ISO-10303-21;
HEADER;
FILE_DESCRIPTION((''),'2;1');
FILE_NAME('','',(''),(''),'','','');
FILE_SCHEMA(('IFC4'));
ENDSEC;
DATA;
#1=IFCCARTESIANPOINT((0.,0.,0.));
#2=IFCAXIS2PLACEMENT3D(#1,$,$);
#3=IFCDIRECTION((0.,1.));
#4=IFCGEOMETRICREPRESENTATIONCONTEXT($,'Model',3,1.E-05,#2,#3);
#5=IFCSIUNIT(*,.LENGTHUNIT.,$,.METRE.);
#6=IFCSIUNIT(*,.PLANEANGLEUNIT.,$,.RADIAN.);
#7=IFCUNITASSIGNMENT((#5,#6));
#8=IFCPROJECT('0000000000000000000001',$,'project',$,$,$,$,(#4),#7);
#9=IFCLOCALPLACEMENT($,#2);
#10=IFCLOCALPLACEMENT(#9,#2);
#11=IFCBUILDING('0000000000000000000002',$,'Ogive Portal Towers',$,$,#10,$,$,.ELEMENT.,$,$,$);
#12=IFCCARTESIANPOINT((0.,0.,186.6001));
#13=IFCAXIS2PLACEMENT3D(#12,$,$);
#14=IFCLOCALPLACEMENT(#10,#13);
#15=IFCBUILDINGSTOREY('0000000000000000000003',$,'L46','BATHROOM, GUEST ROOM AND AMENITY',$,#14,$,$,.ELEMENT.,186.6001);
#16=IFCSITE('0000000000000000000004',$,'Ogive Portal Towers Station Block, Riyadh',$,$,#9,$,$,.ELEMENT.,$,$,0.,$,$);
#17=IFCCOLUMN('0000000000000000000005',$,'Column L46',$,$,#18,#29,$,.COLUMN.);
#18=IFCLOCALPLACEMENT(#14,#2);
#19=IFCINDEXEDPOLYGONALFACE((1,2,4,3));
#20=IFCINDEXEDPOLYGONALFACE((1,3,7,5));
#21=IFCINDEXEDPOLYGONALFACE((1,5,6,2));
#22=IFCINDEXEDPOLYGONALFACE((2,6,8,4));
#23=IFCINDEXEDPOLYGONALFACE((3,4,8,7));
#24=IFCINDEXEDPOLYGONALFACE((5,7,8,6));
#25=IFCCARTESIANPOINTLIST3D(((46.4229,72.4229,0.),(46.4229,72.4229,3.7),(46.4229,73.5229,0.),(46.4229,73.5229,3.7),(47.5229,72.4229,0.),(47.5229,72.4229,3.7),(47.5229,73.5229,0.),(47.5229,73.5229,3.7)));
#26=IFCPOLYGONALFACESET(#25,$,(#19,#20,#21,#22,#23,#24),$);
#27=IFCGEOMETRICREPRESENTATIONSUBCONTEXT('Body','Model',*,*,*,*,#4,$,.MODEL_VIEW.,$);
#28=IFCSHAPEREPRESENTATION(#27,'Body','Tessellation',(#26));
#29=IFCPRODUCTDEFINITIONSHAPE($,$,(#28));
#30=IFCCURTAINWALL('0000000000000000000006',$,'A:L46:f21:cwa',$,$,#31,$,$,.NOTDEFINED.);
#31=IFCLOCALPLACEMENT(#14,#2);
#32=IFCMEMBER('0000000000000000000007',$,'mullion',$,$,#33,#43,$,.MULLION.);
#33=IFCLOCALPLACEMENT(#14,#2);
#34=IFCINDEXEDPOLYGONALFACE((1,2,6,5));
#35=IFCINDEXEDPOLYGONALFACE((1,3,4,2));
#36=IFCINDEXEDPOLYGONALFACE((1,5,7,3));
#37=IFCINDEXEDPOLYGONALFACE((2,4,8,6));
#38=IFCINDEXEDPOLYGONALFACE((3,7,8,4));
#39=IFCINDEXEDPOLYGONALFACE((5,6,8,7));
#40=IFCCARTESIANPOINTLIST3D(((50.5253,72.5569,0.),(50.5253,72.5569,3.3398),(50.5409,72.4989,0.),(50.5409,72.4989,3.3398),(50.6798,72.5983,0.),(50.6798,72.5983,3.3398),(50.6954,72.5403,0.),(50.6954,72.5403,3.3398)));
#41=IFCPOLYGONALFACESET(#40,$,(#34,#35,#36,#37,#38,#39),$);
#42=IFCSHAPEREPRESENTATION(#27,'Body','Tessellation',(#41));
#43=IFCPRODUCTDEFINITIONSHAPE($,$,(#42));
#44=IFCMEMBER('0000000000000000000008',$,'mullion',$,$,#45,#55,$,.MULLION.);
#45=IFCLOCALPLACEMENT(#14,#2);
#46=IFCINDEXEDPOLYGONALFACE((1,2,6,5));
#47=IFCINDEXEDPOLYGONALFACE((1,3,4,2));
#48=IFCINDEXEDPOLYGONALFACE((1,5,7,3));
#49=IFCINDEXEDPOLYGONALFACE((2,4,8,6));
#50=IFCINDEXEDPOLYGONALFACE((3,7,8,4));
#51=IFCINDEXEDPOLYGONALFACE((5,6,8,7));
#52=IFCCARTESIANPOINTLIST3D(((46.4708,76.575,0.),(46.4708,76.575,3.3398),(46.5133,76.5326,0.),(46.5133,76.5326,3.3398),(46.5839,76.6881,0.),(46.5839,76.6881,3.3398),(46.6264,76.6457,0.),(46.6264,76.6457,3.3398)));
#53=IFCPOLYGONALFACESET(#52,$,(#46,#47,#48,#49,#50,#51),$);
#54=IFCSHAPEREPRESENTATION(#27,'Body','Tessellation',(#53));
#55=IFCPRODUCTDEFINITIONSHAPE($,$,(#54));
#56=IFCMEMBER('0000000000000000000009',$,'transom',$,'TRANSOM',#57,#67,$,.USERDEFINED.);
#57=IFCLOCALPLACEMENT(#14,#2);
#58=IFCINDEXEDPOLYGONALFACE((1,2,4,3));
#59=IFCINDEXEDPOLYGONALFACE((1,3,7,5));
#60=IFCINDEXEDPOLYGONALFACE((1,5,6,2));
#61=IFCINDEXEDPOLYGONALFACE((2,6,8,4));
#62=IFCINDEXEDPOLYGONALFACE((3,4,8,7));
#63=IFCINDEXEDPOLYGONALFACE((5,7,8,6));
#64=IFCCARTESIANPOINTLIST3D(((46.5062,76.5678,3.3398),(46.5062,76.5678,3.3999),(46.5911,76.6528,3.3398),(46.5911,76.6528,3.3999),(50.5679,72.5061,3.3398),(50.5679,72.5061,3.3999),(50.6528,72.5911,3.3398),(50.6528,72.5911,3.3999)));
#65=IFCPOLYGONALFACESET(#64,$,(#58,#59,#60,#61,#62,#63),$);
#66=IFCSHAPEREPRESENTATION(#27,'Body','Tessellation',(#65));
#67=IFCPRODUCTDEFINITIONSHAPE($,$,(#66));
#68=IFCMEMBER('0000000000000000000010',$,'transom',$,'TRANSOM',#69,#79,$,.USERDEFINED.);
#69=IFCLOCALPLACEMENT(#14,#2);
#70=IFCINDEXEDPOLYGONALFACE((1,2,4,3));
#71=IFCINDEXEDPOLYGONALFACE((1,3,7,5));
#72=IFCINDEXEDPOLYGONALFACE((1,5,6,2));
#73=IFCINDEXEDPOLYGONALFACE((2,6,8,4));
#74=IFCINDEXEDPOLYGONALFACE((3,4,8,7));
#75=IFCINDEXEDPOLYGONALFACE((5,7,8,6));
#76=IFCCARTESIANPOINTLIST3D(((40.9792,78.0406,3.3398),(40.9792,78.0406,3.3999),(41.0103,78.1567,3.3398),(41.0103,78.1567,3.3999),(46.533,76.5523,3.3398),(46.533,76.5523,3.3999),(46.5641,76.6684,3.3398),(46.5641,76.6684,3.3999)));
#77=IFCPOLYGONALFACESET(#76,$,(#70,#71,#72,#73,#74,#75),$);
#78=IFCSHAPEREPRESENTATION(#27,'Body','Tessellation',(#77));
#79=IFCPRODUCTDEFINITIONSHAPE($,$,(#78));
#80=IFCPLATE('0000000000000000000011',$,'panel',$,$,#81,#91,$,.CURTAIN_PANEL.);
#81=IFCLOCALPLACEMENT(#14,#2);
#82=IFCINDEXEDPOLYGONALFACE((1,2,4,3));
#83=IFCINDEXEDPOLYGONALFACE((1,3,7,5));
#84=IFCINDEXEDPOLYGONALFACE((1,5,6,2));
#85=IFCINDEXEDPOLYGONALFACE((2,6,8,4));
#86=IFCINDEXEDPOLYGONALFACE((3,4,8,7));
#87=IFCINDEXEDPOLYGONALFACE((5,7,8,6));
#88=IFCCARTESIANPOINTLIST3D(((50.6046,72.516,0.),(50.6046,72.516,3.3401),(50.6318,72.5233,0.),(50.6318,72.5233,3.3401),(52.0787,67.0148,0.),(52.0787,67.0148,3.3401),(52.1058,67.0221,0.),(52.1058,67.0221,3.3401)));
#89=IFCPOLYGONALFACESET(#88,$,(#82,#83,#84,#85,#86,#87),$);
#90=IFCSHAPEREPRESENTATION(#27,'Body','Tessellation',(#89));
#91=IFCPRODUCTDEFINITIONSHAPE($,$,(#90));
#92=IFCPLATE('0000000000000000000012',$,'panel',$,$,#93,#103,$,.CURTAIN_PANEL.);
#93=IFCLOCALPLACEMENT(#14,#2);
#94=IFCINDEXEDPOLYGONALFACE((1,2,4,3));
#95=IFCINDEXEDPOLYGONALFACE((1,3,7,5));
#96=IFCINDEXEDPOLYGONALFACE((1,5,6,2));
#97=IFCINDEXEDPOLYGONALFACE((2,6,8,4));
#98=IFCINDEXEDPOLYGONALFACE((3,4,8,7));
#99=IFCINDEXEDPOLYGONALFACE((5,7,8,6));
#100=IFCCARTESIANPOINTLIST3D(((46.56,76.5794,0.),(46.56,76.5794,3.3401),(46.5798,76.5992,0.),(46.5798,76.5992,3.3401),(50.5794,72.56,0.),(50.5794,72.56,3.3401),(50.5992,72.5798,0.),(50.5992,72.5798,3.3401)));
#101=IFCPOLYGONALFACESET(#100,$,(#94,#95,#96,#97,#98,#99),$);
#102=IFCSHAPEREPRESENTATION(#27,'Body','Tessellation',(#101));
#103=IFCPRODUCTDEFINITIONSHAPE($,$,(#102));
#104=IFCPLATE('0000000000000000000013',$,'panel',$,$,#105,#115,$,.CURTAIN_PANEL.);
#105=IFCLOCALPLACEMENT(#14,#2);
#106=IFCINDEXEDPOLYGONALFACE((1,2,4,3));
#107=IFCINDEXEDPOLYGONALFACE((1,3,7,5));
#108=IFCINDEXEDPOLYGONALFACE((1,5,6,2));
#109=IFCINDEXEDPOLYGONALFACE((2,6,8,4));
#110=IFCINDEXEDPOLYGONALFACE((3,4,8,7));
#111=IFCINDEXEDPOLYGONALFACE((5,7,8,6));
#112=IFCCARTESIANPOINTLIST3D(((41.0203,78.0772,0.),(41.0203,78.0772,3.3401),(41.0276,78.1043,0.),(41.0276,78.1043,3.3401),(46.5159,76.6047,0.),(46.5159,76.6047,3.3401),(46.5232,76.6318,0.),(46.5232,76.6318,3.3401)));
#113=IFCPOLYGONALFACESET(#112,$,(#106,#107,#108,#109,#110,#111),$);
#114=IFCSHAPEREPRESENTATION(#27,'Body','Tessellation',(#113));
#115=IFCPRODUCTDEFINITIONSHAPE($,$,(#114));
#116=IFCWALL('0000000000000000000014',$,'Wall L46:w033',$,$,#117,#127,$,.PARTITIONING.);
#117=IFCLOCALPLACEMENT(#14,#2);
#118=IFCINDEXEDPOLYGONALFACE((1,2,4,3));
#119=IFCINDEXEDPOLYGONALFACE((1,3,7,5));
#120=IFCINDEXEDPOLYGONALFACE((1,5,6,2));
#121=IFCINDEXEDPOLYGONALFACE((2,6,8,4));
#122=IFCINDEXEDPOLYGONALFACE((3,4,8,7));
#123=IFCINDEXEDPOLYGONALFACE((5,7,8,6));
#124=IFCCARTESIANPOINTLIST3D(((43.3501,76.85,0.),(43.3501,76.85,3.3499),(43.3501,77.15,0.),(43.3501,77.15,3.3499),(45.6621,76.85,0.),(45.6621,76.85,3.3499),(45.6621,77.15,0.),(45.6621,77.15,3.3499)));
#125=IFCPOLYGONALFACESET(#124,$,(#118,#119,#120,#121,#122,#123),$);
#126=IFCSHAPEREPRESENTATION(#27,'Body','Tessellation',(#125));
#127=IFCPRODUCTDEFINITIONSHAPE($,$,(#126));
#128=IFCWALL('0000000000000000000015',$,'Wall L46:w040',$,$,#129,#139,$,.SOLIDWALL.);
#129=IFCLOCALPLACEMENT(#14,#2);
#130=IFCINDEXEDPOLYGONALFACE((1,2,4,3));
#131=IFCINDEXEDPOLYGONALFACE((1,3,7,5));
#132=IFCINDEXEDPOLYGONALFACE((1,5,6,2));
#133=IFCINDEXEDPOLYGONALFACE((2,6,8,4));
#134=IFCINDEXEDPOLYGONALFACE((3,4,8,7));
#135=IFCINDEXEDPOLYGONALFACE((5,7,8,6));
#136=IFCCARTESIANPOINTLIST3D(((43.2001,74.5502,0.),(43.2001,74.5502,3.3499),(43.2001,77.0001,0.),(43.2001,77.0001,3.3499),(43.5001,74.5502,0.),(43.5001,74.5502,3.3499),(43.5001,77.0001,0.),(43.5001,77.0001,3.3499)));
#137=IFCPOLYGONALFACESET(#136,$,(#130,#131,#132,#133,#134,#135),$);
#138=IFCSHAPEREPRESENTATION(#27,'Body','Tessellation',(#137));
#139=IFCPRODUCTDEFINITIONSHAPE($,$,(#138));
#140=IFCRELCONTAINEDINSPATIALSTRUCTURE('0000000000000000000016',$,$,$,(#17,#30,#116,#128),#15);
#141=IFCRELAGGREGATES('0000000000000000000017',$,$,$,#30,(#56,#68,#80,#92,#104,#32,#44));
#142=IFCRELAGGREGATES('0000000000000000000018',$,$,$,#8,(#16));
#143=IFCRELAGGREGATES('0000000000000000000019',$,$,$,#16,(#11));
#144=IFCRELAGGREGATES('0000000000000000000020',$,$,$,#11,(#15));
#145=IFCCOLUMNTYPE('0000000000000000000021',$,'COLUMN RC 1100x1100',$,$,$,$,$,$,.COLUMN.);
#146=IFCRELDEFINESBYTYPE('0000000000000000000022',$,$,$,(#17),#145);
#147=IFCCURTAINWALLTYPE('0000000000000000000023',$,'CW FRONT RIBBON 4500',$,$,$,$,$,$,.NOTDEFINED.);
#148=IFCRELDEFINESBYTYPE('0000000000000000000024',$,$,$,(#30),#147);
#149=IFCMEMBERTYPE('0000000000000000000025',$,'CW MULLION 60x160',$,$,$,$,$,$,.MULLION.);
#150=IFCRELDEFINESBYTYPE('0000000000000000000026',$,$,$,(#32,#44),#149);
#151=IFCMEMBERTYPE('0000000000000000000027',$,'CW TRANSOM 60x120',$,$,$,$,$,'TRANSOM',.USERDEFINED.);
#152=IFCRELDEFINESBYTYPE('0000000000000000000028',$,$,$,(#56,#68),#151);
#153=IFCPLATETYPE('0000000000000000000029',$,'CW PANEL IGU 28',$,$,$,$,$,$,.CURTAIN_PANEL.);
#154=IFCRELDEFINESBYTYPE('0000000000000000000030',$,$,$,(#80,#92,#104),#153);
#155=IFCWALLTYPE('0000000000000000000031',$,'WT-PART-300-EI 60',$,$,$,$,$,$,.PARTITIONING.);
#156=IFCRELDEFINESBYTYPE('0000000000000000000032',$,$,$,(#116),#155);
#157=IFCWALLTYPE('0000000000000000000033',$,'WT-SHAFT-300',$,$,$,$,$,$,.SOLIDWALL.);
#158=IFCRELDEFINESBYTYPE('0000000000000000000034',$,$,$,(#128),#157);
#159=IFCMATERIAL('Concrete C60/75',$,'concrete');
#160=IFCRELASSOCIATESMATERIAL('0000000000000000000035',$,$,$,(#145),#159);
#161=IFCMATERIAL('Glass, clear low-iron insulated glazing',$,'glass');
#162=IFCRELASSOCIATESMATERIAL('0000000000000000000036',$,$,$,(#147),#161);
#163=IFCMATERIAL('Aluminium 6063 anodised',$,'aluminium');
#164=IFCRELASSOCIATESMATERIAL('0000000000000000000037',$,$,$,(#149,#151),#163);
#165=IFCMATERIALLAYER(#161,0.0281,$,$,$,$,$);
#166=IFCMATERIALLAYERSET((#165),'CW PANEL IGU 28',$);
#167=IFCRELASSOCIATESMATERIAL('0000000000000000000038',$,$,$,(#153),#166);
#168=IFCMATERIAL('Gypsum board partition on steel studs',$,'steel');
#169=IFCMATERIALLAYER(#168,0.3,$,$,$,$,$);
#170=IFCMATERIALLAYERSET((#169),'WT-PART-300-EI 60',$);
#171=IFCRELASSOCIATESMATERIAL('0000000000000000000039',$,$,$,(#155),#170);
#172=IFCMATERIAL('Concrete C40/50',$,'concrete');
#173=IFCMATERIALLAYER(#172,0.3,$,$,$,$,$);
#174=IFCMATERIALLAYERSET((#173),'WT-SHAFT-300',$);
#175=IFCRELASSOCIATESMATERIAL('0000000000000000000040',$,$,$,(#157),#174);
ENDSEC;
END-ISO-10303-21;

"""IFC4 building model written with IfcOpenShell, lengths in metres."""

from ifc_helpers import new_model, si_unit, direction, frame, frame_2d, origin, origin_2d, place, context, subcontext, project, spatial, rectangle, extrude, material, layer, layer_set, material_profile, profile_set, type_object, element, aggregate, save


model = new_model("IFC4")

# Units and contexts
model_context = context("Model", 3, precision=1e-05, world=origin(), true_north=direction((0.0, 1.0)))
body_context = subcontext(model_context, "Body", "Model", "MODEL_VIEW")
ifc_project = project(units=[si_unit("LENGTHUNIT", "METRE"), si_unit("PLANEANGLEUNIT", "RADIAN")], contexts=[model_context])

# Site, building, storey
site_placement = place(None, origin())
site = spatial("IfcSite", under=ifc_project, at=site_placement, Name="Ogive Portal Towers Station Block, Riyadh", CompositionType="ELEMENT", RefElevation=0.0)
building_placement = place(site_placement, origin())
building = spatial("IfcBuilding", under=site, at=building_placement, Name="Ogive Portal Towers", CompositionType="ELEMENT")
storey_placement = place(building_placement, frame((0.0, 0.0, 186.6001)))
storey = spatial("IfcBuildingStorey", under=building, at=storey_placement, Name="L46", Description="BATHROOM, GUEST ROOM AND AMENITY", CompositionType="ELEMENT", Elevation=186.6001)

# Column
ifc_material_1 = material(Name="Concrete C60/75", Category="concrete")
ifc_material_profile_1 = material_profile(ifc_material_1, rectangle(XDim=1.1001, YDim=1.1001, at=origin_2d()), Name="RC 1100x1100")
ifc_profile_set_1 = profile_set([ifc_material_profile_1], Name="Concrete C60/75")
column_type = type_object("IfcColumnType", Name="COLUMN RC 1100x1100", PredefinedType="COLUMN", material=ifc_profile_set_1)
column_placement = place(storey_placement, frame((46.9729, 72.9729, 0.0), z_axis=(0.0, 0.0, 1.0), x_axis=(1.0, 0.0, 0.0)))
element("IfcColumn", 1, at=column_placement, inside=storey, type_object=column_type, Name="Column L46", PredefinedType="COLUMN", context=body_context, shape_type="SweptSolid", body=[
    extrude(rectangle(XDim=1.1001, YDim=1.1001, at=origin_2d()), origin(), (0.0, 0.0, 1.0), 3.7),
])

# Curtain wall, members, plates
ifc_material_2 = material(Name="Glass, clear low-iron insulated glazing", Category="glass")
curtain_wall_type = type_object("IfcCurtainWallType", Name="CW FRONT RIBBON 4500", PredefinedType="NOTDEFINED", material=ifc_material_2)
curtain_wall_placement = place(storey_placement, origin())
curtain_wall = element("IfcCurtainWall", 2, at=curtain_wall_placement, inside=storey, type_object=curtain_wall_type, Name="A:L46:f21:cwa", PredefinedType="NOTDEFINED")
ifc_material_3 = material(Name="Aluminium 6063 anodised", Category="aluminium")
ifc_material_profile_2 = material_profile(ifc_material_3, rectangle(XDim=0.1599, YDim=0.0601, at=origin_2d()), Name="AL 60x160")
ifc_profile_set_2 = profile_set([ifc_material_profile_2], Name="Aluminium 6063 anodised")
member_type_1 = type_object("IfcMemberType", Name="CW MULLION 60x160", PredefinedType="MULLION", material=ifc_profile_set_2)
member_1_placement = place(storey_placement, frame((50.6104, 72.5486, 0.0), z_axis=(0.0, 0.0, 1.0), x_axis=(-0.965926, -0.258819, 0.0)))
member_1 = element("IfcMember", 3, at=member_1_placement, type_object=member_type_1, Name="mullion", PredefinedType="MULLION", context=body_context, shape_type="SweptSolid", body=[
    extrude(rectangle(XDim=0.1599, YDim=0.0601, at=origin_2d()), origin(), (0.0, 0.0, 1.0), 3.3398),
])
member_2_placement = place(storey_placement, frame((46.5486, 76.6104, 0.0), z_axis=(0.0, 0.0, 1.0), x_axis=(-0.707107, -0.707107, 0.0)))
member_2 = element("IfcMember", 4, at=member_2_placement, type_object=member_type_1, Name="mullion", PredefinedType="MULLION", context=body_context, shape_type="SweptSolid", body=[
    extrude(rectangle(XDim=0.1599, YDim=0.0601, at=origin_2d()), origin(), (0.0, 0.0, 1.0), 3.3398),
])
ifc_material_profile_3 = material_profile(ifc_material_3, rectangle(XDim=0.1201, YDim=0.0601, at=origin_2d()), Name="AL 120x60")
ifc_profile_set_3 = profile_set([ifc_material_profile_3], Name="Aluminium 6063 anodised")
member_type_2 = type_object("IfcMemberType", Name="CW TRANSOM 60x120", ElementType="TRANSOM", PredefinedType="USERDEFINED", material=ifc_profile_set_3)
member_3_placement = place(storey_placement, frame((50.6104, 72.5486, 3.3699), z_axis=(-0.707107, 0.707107, 0.0), x_axis=(-0.707107, -0.707107, 0.0)))
member_3 = element("IfcMember", 5, at=member_3_placement, type_object=member_type_2, Name="transom", ObjectType="TRANSOM", PredefinedType="USERDEFINED", context=body_context, shape_type="SweptSolid", body=[
    extrude(rectangle(XDim=0.1201, YDim=0.0601, at=origin_2d()), origin(), (0.0, 0.0, 1.0), 5.7441),
])
member_4_placement = place(storey_placement, frame((46.5486, 76.6104, 3.3699), z_axis=(-0.965918, 0.258846, 0.0), x_axis=(-0.258846, -0.965918, 0.0)))
member_4 = element("IfcMember", 6, at=member_4_placement, type_object=member_type_2, Name="transom", ObjectType="TRANSOM", PredefinedType="USERDEFINED", context=body_context, shape_type="SweptSolid", body=[
    extrude(rectangle(XDim=0.1201, YDim=0.0601, at=origin_2d()), origin(), (0.0, 0.0, 1.0), 5.7498),
])
ifc_layer_1 = layer(ifc_material_2, 0.0281)
ifc_layer_set_1 = layer_set([ifc_layer_1], Name="CW PANEL IGU 28")
plate_type = type_object("IfcPlateType", Name="CW PANEL IGU 28", PredefinedType="CURTAIN_PANEL", material=ifc_layer_set_1)
plate_1_placement = place(storey_placement, frame((51.3552, 69.769, 0.0), z_axis=(0.0, 0.0, 1.0), x_axis=(-0.258819, 0.965926, 0.0)))
plate_1 = element("IfcPlate", 7, at=plate_1_placement, type_object=plate_type, Name="panel", PredefinedType="CURTAIN_PANEL", context=body_context, shape_type="SweptSolid", body=[
    extrude(rectangle(XDim=5.6953, YDim=0.0281, at=origin_2d()), origin(), (0.0, 0.0, 1.0), 3.3401),
])
plate_2_placement = place(storey_placement, frame((48.5796, 74.5796, 0.0), z_axis=(0.0, 0.0, 1.0), x_axis=(-0.707107, 0.707107, 0.0)))
plate_2 = element("IfcPlate", 8, at=plate_2_placement, type_object=plate_type, Name="panel", PredefinedType="CURTAIN_PANEL", context=body_context, shape_type="SweptSolid", body=[
    extrude(rectangle(XDim=5.6843, YDim=0.0281, at=origin_2d()), origin(), (0.0, 0.0, 1.0), 3.3401),
])
plate_3_placement = place(storey_placement, frame((43.7717, 77.3545, 0.0), z_axis=(0.0, 0.0, 1.0), x_axis=(-0.965926, 0.258819, 0.0)))
plate_3 = element("IfcPlate", 9, at=plate_3_placement, type_object=plate_type, Name="panel", PredefinedType="CURTAIN_PANEL", context=body_context, shape_type="SweptSolid", body=[
    extrude(rectangle(XDim=5.6895, YDim=0.0281, at=origin_2d()), origin(), (0.0, 0.0, 1.0), 3.3401),
])
aggregate(curtain_wall, [member_3, member_4, plate_1, plate_2, plate_3, member_1, member_2])

# Walls
ifc_material_4 = material(Name="Gypsum board partition on steel studs", Category="steel")
ifc_layer_2 = layer(ifc_material_4, 0.3)
ifc_layer_set_2 = layer_set([ifc_layer_2], Name="WT-PART-300-EI 60")
wall_type_1 = type_object("IfcWallType", Name="WT-PART-300-EI 60", PredefinedType="PARTITIONING", material=ifc_layer_set_2)
wall_1_placement = place(storey_placement, frame((43.3501, 77.0, 0.0), z_axis=(0.0, 0.0, 1.0), x_axis=(1.0, 0.0, 0.0)))
element("IfcWall", 10, at=wall_1_placement, inside=storey, type_object=wall_type_1, Name="Wall L46:w033", PredefinedType="PARTITIONING", context=body_context, shape_type="SweptSolid", body=[
    extrude(rectangle(XDim=2.312, YDim=0.3, at=frame_2d((1.156, 0.0))), origin(), (0.0, 0.0, 1.0), 3.3499),
])
ifc_material_5 = material(Name="Concrete C40/50", Category="concrete")
ifc_layer_3 = layer(ifc_material_5, 0.3)
ifc_layer_set_3 = layer_set([ifc_layer_3], Name="WT-SHAFT-300")
wall_type_2 = type_object("IfcWallType", Name="WT-SHAFT-300", PredefinedType="SOLIDWALL", material=ifc_layer_set_3)
wall_2_placement = place(storey_placement, frame((43.3501, 74.55, 0.0), z_axis=(0.0, 0.0, 1.0), x_axis=(0.0, 1.0, 0.0)))
element("IfcWall", 11, at=wall_2_placement, inside=storey, type_object=wall_type_2, Name="Wall L46:w040", PredefinedType="SOLIDWALL", context=body_context, shape_type="SweptSolid", body=[
    extrude(rectangle(XDim=2.45, YDim=0.3, at=frame_2d((1.2251, 0.0))), origin(), (0.0, 0.0, 1.0), 3.3499),
])

save(model, "model.ifc")
